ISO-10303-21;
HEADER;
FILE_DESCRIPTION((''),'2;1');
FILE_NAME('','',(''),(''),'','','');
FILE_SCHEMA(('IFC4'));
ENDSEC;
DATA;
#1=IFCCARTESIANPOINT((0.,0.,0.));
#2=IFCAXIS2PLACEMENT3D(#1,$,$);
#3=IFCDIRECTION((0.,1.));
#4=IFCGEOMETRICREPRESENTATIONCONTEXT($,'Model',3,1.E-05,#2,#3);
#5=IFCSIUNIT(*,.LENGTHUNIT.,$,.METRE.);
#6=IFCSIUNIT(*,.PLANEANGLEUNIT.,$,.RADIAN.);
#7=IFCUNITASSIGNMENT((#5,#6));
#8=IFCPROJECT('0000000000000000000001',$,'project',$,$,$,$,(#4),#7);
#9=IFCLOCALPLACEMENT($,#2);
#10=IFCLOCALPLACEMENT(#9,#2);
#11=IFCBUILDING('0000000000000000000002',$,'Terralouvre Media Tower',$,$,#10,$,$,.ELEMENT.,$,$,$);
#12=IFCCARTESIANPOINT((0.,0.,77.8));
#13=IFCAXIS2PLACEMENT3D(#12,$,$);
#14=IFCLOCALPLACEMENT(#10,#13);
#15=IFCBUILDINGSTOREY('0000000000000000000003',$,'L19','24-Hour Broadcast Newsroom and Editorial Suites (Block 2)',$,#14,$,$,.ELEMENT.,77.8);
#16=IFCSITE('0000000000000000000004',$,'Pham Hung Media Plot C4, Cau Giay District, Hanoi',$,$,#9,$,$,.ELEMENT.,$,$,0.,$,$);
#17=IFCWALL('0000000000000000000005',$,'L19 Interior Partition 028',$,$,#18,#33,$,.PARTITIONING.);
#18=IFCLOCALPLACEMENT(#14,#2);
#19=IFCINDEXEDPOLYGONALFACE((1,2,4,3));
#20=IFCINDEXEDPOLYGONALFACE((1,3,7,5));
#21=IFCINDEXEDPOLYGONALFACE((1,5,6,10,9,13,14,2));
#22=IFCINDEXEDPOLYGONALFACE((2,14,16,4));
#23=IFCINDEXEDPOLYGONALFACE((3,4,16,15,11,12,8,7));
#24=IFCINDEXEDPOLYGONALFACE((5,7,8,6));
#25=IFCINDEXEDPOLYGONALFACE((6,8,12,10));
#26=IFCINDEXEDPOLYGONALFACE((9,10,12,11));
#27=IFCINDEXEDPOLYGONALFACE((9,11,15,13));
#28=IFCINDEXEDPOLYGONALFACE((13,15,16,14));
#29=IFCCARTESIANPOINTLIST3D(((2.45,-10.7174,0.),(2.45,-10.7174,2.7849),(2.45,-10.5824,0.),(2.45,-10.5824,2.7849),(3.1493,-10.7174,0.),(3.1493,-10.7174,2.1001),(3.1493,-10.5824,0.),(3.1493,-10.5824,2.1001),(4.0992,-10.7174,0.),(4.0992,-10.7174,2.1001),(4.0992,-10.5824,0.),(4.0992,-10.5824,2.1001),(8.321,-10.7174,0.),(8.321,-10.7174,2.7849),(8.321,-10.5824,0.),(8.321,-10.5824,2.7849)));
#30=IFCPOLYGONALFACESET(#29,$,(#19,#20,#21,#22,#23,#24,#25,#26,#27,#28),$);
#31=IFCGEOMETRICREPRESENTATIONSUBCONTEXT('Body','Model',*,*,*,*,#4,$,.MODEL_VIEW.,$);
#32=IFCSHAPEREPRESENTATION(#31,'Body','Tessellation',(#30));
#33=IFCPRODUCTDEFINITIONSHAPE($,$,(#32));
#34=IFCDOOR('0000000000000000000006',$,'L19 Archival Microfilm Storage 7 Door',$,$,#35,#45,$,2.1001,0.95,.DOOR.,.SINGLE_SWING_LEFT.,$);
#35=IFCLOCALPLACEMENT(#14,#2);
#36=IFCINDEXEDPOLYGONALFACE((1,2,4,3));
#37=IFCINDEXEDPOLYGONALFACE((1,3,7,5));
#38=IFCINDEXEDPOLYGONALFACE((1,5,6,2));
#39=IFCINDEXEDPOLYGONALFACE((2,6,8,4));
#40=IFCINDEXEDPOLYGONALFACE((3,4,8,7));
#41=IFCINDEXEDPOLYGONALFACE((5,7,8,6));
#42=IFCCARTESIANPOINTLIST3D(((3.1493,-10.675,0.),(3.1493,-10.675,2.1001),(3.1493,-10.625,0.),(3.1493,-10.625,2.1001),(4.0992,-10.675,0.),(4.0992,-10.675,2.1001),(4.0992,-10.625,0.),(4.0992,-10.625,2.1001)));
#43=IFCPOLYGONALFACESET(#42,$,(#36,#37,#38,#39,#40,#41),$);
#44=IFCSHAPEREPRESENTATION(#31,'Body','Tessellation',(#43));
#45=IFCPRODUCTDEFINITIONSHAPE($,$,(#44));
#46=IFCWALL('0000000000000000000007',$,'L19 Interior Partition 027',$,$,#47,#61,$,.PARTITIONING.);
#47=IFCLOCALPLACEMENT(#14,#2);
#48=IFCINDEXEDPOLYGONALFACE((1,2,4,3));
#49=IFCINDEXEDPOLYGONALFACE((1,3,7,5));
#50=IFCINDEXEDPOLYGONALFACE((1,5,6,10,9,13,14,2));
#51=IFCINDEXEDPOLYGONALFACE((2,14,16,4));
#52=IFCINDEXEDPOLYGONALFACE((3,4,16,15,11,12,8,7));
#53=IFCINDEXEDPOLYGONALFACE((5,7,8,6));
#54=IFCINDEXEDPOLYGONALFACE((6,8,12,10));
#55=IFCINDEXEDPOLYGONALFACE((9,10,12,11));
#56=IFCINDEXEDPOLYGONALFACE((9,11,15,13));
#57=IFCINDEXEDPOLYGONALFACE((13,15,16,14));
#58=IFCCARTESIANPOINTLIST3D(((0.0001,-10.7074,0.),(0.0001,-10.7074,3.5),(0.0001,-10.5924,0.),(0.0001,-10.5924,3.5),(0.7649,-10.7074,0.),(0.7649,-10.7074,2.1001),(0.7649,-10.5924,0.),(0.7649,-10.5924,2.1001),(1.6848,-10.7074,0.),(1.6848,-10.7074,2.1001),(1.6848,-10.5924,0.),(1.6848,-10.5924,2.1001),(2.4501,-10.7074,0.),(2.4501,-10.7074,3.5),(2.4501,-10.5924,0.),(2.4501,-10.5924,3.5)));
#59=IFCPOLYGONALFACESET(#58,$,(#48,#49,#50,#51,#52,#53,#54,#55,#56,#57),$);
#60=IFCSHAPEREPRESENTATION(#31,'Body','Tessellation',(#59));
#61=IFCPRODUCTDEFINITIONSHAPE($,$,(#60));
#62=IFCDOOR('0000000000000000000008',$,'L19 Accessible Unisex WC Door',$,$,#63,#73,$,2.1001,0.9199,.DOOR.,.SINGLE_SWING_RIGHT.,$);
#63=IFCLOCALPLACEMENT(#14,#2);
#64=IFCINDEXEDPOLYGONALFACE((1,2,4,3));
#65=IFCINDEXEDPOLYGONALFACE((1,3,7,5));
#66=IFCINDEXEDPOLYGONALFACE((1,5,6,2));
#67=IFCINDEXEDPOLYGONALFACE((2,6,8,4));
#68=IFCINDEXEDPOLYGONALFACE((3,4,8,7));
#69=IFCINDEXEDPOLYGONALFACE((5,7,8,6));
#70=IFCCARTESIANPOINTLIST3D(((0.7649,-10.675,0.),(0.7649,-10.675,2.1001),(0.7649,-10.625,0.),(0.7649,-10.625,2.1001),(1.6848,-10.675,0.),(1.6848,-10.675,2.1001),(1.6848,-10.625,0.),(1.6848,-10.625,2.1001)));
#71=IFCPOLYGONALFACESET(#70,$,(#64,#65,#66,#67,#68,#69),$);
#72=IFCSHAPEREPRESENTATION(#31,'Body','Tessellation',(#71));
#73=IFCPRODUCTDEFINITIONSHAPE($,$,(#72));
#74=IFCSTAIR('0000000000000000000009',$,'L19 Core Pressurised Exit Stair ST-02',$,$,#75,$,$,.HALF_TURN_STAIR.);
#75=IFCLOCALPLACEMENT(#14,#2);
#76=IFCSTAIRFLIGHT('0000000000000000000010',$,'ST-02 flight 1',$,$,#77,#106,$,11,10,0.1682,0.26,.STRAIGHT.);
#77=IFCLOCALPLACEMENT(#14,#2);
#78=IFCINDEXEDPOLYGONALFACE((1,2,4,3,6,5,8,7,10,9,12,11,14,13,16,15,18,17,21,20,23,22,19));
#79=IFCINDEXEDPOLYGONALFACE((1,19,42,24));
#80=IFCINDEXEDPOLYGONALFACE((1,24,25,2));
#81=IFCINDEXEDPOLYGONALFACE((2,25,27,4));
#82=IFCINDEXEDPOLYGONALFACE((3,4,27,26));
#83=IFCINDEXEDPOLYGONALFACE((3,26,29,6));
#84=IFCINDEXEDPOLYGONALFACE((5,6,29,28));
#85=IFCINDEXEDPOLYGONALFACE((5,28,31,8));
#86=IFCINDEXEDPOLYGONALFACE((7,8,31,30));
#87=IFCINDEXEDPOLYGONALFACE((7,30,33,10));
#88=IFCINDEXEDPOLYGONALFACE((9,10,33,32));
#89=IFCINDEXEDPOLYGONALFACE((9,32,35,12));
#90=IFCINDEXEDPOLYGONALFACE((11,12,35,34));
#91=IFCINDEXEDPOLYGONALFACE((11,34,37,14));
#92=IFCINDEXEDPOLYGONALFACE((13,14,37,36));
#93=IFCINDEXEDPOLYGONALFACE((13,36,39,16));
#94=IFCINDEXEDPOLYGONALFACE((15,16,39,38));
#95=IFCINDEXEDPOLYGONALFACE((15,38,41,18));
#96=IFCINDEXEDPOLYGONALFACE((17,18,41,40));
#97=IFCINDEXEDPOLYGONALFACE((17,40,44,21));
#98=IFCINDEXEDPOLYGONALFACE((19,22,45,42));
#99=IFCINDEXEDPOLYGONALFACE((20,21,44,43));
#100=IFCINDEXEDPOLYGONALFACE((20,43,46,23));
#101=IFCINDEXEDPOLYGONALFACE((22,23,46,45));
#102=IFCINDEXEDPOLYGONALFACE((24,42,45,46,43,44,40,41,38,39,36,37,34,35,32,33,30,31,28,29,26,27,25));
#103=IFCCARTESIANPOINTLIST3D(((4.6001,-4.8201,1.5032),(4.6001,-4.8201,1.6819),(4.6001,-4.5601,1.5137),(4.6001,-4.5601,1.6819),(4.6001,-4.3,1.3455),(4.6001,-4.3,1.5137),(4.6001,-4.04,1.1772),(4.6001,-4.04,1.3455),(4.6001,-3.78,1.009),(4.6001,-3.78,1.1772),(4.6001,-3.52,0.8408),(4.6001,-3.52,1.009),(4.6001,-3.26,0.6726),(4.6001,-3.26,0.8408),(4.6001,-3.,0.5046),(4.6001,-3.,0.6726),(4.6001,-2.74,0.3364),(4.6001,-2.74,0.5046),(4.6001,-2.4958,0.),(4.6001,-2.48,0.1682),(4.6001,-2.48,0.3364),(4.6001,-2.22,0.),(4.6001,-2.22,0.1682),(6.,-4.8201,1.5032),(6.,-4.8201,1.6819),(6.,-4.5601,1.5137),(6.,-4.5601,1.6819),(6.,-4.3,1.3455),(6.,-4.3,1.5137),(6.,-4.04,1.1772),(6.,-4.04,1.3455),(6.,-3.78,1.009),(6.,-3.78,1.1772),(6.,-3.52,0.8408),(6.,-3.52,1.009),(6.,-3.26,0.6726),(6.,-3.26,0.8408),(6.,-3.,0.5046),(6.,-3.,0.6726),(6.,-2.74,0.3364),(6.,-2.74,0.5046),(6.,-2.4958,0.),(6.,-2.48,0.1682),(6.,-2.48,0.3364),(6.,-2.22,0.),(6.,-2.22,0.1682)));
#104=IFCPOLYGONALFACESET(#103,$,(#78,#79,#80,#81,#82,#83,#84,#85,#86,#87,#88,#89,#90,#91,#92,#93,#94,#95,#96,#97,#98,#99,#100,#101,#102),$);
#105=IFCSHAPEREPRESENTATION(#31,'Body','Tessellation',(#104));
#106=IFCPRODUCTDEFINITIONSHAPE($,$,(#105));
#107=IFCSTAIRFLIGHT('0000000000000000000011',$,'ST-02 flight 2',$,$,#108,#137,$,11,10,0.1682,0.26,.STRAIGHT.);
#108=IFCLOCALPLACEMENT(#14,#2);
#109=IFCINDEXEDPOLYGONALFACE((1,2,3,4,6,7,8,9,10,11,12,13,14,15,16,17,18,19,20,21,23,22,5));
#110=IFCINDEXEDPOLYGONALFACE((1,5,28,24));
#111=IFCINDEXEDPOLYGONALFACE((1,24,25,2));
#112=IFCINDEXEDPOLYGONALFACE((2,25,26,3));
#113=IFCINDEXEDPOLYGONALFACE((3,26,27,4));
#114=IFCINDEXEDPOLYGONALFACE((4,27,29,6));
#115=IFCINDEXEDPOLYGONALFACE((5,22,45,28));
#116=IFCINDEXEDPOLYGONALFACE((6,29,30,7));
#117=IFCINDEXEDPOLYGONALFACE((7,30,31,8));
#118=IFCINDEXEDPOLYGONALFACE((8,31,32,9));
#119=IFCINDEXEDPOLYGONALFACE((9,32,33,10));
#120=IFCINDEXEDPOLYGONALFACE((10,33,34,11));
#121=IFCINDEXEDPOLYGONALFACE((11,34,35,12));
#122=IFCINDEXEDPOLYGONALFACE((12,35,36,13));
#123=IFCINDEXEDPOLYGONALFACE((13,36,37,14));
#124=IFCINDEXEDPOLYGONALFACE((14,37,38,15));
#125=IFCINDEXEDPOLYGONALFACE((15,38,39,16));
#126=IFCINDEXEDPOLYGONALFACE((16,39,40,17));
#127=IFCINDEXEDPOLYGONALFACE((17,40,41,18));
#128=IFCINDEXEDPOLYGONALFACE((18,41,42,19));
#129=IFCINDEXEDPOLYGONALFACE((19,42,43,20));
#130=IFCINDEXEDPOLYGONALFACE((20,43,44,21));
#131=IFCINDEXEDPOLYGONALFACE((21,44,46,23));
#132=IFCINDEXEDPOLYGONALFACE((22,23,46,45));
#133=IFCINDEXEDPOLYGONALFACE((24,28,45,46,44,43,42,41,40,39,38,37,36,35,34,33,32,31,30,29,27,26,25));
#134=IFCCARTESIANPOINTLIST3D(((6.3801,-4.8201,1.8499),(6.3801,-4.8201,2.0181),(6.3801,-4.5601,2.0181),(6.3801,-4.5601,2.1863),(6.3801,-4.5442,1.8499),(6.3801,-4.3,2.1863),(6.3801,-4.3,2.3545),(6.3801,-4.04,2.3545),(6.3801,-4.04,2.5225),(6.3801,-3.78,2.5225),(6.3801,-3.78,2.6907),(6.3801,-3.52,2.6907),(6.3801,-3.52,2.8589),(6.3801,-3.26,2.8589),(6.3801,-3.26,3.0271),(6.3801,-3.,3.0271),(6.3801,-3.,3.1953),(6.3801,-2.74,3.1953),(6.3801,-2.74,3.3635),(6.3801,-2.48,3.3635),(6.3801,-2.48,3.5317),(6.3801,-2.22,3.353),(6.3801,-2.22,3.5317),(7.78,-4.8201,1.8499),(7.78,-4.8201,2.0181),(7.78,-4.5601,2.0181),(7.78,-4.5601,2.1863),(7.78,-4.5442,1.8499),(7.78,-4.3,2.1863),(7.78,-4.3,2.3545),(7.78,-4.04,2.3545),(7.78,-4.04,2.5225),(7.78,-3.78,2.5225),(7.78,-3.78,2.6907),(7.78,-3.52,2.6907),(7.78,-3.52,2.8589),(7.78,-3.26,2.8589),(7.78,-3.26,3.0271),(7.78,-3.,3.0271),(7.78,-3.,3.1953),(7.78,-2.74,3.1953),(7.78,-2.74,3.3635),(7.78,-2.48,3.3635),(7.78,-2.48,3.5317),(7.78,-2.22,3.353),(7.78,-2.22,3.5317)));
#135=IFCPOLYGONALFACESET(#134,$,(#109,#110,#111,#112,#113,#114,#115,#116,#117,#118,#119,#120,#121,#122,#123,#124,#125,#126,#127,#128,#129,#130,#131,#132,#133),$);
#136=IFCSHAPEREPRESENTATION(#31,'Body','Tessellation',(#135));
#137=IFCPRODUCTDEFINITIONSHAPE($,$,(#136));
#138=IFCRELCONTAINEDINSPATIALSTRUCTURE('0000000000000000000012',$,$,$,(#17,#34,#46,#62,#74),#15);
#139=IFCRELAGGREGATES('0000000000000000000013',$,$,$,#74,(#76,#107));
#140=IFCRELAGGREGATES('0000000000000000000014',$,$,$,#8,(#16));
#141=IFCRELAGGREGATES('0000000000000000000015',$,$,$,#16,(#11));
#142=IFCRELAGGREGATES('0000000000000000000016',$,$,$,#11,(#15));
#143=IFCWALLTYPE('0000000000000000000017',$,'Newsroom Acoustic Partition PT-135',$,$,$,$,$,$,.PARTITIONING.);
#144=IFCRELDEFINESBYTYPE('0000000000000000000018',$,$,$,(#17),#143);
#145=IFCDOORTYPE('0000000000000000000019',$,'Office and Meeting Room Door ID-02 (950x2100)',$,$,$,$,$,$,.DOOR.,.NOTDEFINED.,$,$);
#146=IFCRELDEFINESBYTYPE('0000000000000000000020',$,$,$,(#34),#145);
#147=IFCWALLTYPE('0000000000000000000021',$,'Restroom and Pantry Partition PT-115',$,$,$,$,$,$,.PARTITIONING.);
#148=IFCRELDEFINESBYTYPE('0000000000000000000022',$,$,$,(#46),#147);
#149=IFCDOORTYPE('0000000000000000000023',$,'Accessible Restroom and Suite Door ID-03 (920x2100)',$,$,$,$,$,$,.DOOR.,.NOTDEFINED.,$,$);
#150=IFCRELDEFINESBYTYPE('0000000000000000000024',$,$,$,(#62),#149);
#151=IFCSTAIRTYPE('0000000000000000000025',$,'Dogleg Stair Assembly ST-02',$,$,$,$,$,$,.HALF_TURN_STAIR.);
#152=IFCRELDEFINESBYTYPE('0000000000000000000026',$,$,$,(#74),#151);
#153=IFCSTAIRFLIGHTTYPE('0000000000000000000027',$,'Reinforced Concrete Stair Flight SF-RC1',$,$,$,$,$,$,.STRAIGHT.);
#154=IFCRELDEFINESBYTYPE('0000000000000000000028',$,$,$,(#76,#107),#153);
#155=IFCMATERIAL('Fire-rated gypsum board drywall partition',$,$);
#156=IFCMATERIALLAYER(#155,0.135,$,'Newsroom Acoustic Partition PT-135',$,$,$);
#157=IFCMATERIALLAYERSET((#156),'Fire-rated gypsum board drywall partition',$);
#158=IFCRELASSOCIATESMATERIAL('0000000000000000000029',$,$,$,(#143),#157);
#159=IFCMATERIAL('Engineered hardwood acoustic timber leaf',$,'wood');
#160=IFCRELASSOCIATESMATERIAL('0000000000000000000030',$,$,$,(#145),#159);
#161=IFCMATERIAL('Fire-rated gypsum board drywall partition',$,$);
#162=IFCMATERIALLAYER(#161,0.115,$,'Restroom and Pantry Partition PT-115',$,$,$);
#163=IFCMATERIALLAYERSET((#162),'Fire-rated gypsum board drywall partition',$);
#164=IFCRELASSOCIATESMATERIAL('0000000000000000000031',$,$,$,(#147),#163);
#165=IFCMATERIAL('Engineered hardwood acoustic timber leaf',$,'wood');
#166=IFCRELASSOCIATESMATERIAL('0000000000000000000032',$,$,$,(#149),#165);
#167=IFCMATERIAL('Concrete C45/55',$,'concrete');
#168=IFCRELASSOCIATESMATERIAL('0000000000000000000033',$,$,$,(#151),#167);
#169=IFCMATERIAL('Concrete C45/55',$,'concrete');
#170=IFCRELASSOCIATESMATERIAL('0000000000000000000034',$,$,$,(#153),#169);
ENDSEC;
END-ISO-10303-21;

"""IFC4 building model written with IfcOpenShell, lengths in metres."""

from ifc_helpers import new_model, si_unit, direction, frame, frame_2d, origin, place, context, subcontext, project, spatial, polyline, rectangle, outline, extrude, material, layer, layer_set, type_object, element, fill, aggregate, save


model = new_model("IFC4")

# Units and contexts
model_context = context("Model", 3, precision=1e-05, world=origin(), true_north=direction((0.0, 1.0)))
body_context = subcontext(model_context, "Body", "Model", "MODEL_VIEW")
ifc_project = project(units=[si_unit("LENGTHUNIT", "METRE"), si_unit("PLANEANGLEUNIT", "RADIAN")], contexts=[model_context])

# Site, building, storey
site_placement = place(None, origin())
site = spatial("IfcSite", under=ifc_project, at=site_placement, Name="Pham Hung Media Plot C4, Cau Giay District, Hanoi", CompositionType="ELEMENT", RefElevation=0.0)
building_placement = place(site_placement, origin())
building = spatial("IfcBuilding", under=site, at=building_placement, Name="Terralouvre Media Tower", CompositionType="ELEMENT")
storey_placement = place(building_placement, frame((0.0, 0.0, 77.8)))
storey = spatial("IfcBuildingStorey", under=building, at=storey_placement, Name="L19", Description="24-Hour Broadcast Newsroom and Editorial Suites (Block 2)", CompositionType="ELEMENT", Elevation=77.8)

# Walls, openings, doors
ifc_material_1 = material(Name="Fire-rated gypsum board drywall partition")
ifc_layer_1 = layer(ifc_material_1, 0.135, Name="Newsroom Acoustic Partition PT-135")
ifc_layer_set_1 = layer_set([ifc_layer_1], Name="Fire-rated gypsum board drywall partition")
wall_type_1 = type_object("IfcWallType", Name="Newsroom Acoustic Partition PT-135", PredefinedType="PARTITIONING", material=ifc_layer_set_1)
wall_1_placement = place(storey_placement, frame((2.45, -10.6499, 0.0), z_axis=(0.0, 0.0, 1.0), x_axis=(1.0, 0.0, 0.0)))
wall_1 = element("IfcWall", 1, at=wall_1_placement, inside=storey, type_object=wall_type_1, Name="L19 Interior Partition 028", PredefinedType="PARTITIONING", context=body_context, shape_type="SweptSolid", body=[
    extrude(rectangle(XDim=5.8711, YDim=0.135, at=frame_2d((2.9355, 0.0))), origin(), (0.0, 0.0, 1.0), 2.7849),
])
opening_1_placement = place(wall_1_placement, frame((0.6992, 0.0, 0.0)))
opening_1 = element("IfcOpeningElement", 2, at=opening_1_placement, cuts=wall_1, PredefinedType="OPENING", context=body_context, shape_type="SweptSolid", body=[
    extrude(rectangle(XDim=0.95, YDim=2.1001, at=frame_2d((0.4751, 1.05))), frame((0.0, 0.0774, 0.0), z_axis=(0.0, -1.0, 0.0), x_axis=(1.0, 0.0, 0.0)), (0.0, 0.0, 1.0), 0.155),
])
ifc_material_2 = material(Name="Engineered hardwood acoustic timber leaf", Category="wood")
door_type_1 = type_object("IfcDoorType", Name="Office and Meeting Room Door ID-02 (950x2100)", OperationType="NOTDEFINED", PredefinedType="DOOR", material=ifc_material_2)
door_1_placement = place(opening_1_placement, origin())
door_1 = element("IfcDoor", 3, at=door_1_placement, inside=storey, type_object=door_type_1, Name="L19 Archival Microfilm Storage 7 Door", OperationType="SINGLE_SWING_LEFT", OverallHeight=2.1001, OverallWidth=0.95, PredefinedType="DOOR", context=body_context, shape_type="SweptSolid", body=[
    extrude(rectangle(XDim=0.95, YDim=2.1001, at=frame_2d((0.4751, 1.05))), frame((0.0, 0.0249, 0.0), z_axis=(0.0, -1.0, 0.0), x_axis=(1.0, 0.0, 0.0)), (0.0, 0.0, 1.0), 0.05),
])
fill(opening_1, door_1)
ifc_material_3 = material(Name="Fire-rated gypsum board drywall partition")
ifc_layer_2 = layer(ifc_material_3, 0.115, Name="Restroom and Pantry Partition PT-115")
ifc_layer_set_2 = layer_set([ifc_layer_2], Name="Fire-rated gypsum board drywall partition")
wall_type_2 = type_object("IfcWallType", Name="Restroom and Pantry Partition PT-115", PredefinedType="PARTITIONING", material=ifc_layer_set_2)
wall_2_placement = place(storey_placement, frame((0.0, -10.6499, 0.0), z_axis=(0.0, 0.0, 1.0), x_axis=(1.0, 0.0, 0.0)))
wall_2 = element("IfcWall", 4, at=wall_2_placement, inside=storey, type_object=wall_type_2, Name="L19 Interior Partition 027", PredefinedType="PARTITIONING", context=body_context, shape_type="SweptSolid", body=[
    extrude(rectangle(XDim=2.45, YDim=0.115, at=frame_2d((1.2251, 0.0))), origin(), (0.0, 0.0, 1.0), 3.5),
])
opening_2_placement = place(wall_2_placement, frame((0.7649, 0.0, 0.0)))
opening_2 = element("IfcOpeningElement", 5, at=opening_2_placement, cuts=wall_2, PredefinedType="OPENING", context=body_context, shape_type="SweptSolid", body=[
    extrude(rectangle(XDim=0.9199, YDim=2.1001, at=frame_2d((0.46, 1.05))), frame((0.0, 0.0674, 0.0), z_axis=(0.0, -1.0, 0.0), x_axis=(1.0, 0.0, 0.0)), (0.0, 0.0, 1.0), 0.135),
])
ifc_material_4 = material(Name="Engineered hardwood acoustic timber leaf", Category="wood")
door_type_2 = type_object("IfcDoorType", Name="Accessible Restroom and Suite Door ID-03 (920x2100)", OperationType="NOTDEFINED", PredefinedType="DOOR", material=ifc_material_4)
door_2_placement = place(opening_2_placement, origin())
door_2 = element("IfcDoor", 6, at=door_2_placement, inside=storey, type_object=door_type_2, Name="L19 Accessible Unisex WC Door", OperationType="SINGLE_SWING_RIGHT", OverallHeight=2.1001, OverallWidth=0.9199, PredefinedType="DOOR", context=body_context, shape_type="SweptSolid", body=[
    extrude(rectangle(XDim=0.9199, YDim=2.1001, at=frame_2d((0.46, 1.05))), frame((0.0, 0.0249, 0.0), z_axis=(0.0, -1.0, 0.0), x_axis=(1.0, 0.0, 0.0)), (0.0, 0.0, 1.0), 0.05),
])
fill(opening_2, door_2)

# Stair, stair flights
ifc_material_5 = material(Name="Concrete C45/55", Category="concrete")
stair_type = type_object("IfcStairType", Name="Dogleg Stair Assembly ST-02", PredefinedType="HALF_TURN_STAIR", material=ifc_material_5)
stair_placement = place(storey_placement, origin())
stair = element("IfcStair", 7, at=stair_placement, inside=storey, type_object=stair_type, Name="L19 Core Pressurised Exit Stair ST-02", PredefinedType="HALF_TURN_STAIR")
ifc_material_6 = material(Name="Concrete C45/55", Category="concrete")
stair_flight_type = type_object("IfcStairFlightType", Name="Reinforced Concrete Stair Flight SF-RC1", PredefinedType="STRAIGHT", material=ifc_material_6)
stair_flight_1_placement = place(storey_placement, frame((5.3, -2.22, 0.0), z_axis=(0.0, 0.0, 1.0), x_axis=(0.0, -1.0, 0.0)))
stair_flight_1 = element("IfcStairFlight", 8, at=stair_flight_1_placement, type_object=stair_flight_type, Name="ST-02 flight 1", NumberOfRisers=11, NumberOfTreads=10, PredefinedType="STRAIGHT", RiserHeight=0.1682, TreadLength=0.26, context=body_context, shape_type="SweptSolid", body=[
    extrude(outline(polyline([(0.0, 0.0), (0.0, 0.1682), (0.26, 0.1682), (0.26, 0.3364), (0.52, 0.3364), (0.52, 0.5046), (0.78, 0.5046), (0.78, 0.6726), (1.04, 0.6726), (1.04, 0.8408), (1.3, 0.8408), (1.3, 1.009), (1.5601, 1.009), (1.5601, 1.1772), (1.8201, 1.1772), (1.8201, 1.3455), (2.0801, 1.3455), (2.0801, 1.5137), (2.3401, 1.5137), (2.3401, 1.6819), (2.6001, 1.6819), (2.6001, 1.8501), (2.6001, 1.5032), (0.2759, 0.0), (0.0, 0.0)])), frame((0.0, 0.7, 0.0), z_axis=(0.0, -1.0, 0.0), x_axis=(1.0, 0.0, 0.0)), (0.0, 0.0, 1.0), 1.3999),
])
stair_flight_2_placement = place(storey_placement, frame((7.0801, -4.8201, 1.8499), z_axis=(0.0, 0.0, 1.0), x_axis=(0.0, 1.0, 0.0)))
stair_flight_2 = element("IfcStairFlight", 9, at=stair_flight_2_placement, type_object=stair_flight_type, Name="ST-02 flight 2", NumberOfRisers=11, NumberOfTreads=10, PredefinedType="STRAIGHT", RiserHeight=0.1682, TreadLength=0.26, context=body_context, shape_type="SweptSolid", body=[
    extrude(outline(polyline([(0.0, 0.0), (0.0, 0.1682), (0.26, 0.1682), (0.26, 0.3364), (0.52, 0.3364), (0.52, 0.5046), (0.78, 0.5046), (0.78, 0.6726), (1.04, 0.6726), (1.04, 0.8408), (1.3, 0.8408), (1.3, 1.009), (1.5601, 1.009), (1.5601, 1.1772), (1.8201, 1.1772), (1.8201, 1.3455), (2.0801, 1.3455), (2.0801, 1.5137), (2.3401, 1.5137), (2.3401, 1.6819), (2.6001, 1.6819), (2.6001, 1.8501), (2.6001, 1.5032), (0.2759, 0.0), (0.0, 0.0)])), frame((0.0, 0.7, 0.0), z_axis=(0.0, -1.0, 0.0), x_axis=(1.0, 0.0, 0.0)), (0.0, 0.0, 1.0), 1.3999),
])
aggregate(stair, [stair_flight_1, stair_flight_2])

save(model, "model.ifc")
